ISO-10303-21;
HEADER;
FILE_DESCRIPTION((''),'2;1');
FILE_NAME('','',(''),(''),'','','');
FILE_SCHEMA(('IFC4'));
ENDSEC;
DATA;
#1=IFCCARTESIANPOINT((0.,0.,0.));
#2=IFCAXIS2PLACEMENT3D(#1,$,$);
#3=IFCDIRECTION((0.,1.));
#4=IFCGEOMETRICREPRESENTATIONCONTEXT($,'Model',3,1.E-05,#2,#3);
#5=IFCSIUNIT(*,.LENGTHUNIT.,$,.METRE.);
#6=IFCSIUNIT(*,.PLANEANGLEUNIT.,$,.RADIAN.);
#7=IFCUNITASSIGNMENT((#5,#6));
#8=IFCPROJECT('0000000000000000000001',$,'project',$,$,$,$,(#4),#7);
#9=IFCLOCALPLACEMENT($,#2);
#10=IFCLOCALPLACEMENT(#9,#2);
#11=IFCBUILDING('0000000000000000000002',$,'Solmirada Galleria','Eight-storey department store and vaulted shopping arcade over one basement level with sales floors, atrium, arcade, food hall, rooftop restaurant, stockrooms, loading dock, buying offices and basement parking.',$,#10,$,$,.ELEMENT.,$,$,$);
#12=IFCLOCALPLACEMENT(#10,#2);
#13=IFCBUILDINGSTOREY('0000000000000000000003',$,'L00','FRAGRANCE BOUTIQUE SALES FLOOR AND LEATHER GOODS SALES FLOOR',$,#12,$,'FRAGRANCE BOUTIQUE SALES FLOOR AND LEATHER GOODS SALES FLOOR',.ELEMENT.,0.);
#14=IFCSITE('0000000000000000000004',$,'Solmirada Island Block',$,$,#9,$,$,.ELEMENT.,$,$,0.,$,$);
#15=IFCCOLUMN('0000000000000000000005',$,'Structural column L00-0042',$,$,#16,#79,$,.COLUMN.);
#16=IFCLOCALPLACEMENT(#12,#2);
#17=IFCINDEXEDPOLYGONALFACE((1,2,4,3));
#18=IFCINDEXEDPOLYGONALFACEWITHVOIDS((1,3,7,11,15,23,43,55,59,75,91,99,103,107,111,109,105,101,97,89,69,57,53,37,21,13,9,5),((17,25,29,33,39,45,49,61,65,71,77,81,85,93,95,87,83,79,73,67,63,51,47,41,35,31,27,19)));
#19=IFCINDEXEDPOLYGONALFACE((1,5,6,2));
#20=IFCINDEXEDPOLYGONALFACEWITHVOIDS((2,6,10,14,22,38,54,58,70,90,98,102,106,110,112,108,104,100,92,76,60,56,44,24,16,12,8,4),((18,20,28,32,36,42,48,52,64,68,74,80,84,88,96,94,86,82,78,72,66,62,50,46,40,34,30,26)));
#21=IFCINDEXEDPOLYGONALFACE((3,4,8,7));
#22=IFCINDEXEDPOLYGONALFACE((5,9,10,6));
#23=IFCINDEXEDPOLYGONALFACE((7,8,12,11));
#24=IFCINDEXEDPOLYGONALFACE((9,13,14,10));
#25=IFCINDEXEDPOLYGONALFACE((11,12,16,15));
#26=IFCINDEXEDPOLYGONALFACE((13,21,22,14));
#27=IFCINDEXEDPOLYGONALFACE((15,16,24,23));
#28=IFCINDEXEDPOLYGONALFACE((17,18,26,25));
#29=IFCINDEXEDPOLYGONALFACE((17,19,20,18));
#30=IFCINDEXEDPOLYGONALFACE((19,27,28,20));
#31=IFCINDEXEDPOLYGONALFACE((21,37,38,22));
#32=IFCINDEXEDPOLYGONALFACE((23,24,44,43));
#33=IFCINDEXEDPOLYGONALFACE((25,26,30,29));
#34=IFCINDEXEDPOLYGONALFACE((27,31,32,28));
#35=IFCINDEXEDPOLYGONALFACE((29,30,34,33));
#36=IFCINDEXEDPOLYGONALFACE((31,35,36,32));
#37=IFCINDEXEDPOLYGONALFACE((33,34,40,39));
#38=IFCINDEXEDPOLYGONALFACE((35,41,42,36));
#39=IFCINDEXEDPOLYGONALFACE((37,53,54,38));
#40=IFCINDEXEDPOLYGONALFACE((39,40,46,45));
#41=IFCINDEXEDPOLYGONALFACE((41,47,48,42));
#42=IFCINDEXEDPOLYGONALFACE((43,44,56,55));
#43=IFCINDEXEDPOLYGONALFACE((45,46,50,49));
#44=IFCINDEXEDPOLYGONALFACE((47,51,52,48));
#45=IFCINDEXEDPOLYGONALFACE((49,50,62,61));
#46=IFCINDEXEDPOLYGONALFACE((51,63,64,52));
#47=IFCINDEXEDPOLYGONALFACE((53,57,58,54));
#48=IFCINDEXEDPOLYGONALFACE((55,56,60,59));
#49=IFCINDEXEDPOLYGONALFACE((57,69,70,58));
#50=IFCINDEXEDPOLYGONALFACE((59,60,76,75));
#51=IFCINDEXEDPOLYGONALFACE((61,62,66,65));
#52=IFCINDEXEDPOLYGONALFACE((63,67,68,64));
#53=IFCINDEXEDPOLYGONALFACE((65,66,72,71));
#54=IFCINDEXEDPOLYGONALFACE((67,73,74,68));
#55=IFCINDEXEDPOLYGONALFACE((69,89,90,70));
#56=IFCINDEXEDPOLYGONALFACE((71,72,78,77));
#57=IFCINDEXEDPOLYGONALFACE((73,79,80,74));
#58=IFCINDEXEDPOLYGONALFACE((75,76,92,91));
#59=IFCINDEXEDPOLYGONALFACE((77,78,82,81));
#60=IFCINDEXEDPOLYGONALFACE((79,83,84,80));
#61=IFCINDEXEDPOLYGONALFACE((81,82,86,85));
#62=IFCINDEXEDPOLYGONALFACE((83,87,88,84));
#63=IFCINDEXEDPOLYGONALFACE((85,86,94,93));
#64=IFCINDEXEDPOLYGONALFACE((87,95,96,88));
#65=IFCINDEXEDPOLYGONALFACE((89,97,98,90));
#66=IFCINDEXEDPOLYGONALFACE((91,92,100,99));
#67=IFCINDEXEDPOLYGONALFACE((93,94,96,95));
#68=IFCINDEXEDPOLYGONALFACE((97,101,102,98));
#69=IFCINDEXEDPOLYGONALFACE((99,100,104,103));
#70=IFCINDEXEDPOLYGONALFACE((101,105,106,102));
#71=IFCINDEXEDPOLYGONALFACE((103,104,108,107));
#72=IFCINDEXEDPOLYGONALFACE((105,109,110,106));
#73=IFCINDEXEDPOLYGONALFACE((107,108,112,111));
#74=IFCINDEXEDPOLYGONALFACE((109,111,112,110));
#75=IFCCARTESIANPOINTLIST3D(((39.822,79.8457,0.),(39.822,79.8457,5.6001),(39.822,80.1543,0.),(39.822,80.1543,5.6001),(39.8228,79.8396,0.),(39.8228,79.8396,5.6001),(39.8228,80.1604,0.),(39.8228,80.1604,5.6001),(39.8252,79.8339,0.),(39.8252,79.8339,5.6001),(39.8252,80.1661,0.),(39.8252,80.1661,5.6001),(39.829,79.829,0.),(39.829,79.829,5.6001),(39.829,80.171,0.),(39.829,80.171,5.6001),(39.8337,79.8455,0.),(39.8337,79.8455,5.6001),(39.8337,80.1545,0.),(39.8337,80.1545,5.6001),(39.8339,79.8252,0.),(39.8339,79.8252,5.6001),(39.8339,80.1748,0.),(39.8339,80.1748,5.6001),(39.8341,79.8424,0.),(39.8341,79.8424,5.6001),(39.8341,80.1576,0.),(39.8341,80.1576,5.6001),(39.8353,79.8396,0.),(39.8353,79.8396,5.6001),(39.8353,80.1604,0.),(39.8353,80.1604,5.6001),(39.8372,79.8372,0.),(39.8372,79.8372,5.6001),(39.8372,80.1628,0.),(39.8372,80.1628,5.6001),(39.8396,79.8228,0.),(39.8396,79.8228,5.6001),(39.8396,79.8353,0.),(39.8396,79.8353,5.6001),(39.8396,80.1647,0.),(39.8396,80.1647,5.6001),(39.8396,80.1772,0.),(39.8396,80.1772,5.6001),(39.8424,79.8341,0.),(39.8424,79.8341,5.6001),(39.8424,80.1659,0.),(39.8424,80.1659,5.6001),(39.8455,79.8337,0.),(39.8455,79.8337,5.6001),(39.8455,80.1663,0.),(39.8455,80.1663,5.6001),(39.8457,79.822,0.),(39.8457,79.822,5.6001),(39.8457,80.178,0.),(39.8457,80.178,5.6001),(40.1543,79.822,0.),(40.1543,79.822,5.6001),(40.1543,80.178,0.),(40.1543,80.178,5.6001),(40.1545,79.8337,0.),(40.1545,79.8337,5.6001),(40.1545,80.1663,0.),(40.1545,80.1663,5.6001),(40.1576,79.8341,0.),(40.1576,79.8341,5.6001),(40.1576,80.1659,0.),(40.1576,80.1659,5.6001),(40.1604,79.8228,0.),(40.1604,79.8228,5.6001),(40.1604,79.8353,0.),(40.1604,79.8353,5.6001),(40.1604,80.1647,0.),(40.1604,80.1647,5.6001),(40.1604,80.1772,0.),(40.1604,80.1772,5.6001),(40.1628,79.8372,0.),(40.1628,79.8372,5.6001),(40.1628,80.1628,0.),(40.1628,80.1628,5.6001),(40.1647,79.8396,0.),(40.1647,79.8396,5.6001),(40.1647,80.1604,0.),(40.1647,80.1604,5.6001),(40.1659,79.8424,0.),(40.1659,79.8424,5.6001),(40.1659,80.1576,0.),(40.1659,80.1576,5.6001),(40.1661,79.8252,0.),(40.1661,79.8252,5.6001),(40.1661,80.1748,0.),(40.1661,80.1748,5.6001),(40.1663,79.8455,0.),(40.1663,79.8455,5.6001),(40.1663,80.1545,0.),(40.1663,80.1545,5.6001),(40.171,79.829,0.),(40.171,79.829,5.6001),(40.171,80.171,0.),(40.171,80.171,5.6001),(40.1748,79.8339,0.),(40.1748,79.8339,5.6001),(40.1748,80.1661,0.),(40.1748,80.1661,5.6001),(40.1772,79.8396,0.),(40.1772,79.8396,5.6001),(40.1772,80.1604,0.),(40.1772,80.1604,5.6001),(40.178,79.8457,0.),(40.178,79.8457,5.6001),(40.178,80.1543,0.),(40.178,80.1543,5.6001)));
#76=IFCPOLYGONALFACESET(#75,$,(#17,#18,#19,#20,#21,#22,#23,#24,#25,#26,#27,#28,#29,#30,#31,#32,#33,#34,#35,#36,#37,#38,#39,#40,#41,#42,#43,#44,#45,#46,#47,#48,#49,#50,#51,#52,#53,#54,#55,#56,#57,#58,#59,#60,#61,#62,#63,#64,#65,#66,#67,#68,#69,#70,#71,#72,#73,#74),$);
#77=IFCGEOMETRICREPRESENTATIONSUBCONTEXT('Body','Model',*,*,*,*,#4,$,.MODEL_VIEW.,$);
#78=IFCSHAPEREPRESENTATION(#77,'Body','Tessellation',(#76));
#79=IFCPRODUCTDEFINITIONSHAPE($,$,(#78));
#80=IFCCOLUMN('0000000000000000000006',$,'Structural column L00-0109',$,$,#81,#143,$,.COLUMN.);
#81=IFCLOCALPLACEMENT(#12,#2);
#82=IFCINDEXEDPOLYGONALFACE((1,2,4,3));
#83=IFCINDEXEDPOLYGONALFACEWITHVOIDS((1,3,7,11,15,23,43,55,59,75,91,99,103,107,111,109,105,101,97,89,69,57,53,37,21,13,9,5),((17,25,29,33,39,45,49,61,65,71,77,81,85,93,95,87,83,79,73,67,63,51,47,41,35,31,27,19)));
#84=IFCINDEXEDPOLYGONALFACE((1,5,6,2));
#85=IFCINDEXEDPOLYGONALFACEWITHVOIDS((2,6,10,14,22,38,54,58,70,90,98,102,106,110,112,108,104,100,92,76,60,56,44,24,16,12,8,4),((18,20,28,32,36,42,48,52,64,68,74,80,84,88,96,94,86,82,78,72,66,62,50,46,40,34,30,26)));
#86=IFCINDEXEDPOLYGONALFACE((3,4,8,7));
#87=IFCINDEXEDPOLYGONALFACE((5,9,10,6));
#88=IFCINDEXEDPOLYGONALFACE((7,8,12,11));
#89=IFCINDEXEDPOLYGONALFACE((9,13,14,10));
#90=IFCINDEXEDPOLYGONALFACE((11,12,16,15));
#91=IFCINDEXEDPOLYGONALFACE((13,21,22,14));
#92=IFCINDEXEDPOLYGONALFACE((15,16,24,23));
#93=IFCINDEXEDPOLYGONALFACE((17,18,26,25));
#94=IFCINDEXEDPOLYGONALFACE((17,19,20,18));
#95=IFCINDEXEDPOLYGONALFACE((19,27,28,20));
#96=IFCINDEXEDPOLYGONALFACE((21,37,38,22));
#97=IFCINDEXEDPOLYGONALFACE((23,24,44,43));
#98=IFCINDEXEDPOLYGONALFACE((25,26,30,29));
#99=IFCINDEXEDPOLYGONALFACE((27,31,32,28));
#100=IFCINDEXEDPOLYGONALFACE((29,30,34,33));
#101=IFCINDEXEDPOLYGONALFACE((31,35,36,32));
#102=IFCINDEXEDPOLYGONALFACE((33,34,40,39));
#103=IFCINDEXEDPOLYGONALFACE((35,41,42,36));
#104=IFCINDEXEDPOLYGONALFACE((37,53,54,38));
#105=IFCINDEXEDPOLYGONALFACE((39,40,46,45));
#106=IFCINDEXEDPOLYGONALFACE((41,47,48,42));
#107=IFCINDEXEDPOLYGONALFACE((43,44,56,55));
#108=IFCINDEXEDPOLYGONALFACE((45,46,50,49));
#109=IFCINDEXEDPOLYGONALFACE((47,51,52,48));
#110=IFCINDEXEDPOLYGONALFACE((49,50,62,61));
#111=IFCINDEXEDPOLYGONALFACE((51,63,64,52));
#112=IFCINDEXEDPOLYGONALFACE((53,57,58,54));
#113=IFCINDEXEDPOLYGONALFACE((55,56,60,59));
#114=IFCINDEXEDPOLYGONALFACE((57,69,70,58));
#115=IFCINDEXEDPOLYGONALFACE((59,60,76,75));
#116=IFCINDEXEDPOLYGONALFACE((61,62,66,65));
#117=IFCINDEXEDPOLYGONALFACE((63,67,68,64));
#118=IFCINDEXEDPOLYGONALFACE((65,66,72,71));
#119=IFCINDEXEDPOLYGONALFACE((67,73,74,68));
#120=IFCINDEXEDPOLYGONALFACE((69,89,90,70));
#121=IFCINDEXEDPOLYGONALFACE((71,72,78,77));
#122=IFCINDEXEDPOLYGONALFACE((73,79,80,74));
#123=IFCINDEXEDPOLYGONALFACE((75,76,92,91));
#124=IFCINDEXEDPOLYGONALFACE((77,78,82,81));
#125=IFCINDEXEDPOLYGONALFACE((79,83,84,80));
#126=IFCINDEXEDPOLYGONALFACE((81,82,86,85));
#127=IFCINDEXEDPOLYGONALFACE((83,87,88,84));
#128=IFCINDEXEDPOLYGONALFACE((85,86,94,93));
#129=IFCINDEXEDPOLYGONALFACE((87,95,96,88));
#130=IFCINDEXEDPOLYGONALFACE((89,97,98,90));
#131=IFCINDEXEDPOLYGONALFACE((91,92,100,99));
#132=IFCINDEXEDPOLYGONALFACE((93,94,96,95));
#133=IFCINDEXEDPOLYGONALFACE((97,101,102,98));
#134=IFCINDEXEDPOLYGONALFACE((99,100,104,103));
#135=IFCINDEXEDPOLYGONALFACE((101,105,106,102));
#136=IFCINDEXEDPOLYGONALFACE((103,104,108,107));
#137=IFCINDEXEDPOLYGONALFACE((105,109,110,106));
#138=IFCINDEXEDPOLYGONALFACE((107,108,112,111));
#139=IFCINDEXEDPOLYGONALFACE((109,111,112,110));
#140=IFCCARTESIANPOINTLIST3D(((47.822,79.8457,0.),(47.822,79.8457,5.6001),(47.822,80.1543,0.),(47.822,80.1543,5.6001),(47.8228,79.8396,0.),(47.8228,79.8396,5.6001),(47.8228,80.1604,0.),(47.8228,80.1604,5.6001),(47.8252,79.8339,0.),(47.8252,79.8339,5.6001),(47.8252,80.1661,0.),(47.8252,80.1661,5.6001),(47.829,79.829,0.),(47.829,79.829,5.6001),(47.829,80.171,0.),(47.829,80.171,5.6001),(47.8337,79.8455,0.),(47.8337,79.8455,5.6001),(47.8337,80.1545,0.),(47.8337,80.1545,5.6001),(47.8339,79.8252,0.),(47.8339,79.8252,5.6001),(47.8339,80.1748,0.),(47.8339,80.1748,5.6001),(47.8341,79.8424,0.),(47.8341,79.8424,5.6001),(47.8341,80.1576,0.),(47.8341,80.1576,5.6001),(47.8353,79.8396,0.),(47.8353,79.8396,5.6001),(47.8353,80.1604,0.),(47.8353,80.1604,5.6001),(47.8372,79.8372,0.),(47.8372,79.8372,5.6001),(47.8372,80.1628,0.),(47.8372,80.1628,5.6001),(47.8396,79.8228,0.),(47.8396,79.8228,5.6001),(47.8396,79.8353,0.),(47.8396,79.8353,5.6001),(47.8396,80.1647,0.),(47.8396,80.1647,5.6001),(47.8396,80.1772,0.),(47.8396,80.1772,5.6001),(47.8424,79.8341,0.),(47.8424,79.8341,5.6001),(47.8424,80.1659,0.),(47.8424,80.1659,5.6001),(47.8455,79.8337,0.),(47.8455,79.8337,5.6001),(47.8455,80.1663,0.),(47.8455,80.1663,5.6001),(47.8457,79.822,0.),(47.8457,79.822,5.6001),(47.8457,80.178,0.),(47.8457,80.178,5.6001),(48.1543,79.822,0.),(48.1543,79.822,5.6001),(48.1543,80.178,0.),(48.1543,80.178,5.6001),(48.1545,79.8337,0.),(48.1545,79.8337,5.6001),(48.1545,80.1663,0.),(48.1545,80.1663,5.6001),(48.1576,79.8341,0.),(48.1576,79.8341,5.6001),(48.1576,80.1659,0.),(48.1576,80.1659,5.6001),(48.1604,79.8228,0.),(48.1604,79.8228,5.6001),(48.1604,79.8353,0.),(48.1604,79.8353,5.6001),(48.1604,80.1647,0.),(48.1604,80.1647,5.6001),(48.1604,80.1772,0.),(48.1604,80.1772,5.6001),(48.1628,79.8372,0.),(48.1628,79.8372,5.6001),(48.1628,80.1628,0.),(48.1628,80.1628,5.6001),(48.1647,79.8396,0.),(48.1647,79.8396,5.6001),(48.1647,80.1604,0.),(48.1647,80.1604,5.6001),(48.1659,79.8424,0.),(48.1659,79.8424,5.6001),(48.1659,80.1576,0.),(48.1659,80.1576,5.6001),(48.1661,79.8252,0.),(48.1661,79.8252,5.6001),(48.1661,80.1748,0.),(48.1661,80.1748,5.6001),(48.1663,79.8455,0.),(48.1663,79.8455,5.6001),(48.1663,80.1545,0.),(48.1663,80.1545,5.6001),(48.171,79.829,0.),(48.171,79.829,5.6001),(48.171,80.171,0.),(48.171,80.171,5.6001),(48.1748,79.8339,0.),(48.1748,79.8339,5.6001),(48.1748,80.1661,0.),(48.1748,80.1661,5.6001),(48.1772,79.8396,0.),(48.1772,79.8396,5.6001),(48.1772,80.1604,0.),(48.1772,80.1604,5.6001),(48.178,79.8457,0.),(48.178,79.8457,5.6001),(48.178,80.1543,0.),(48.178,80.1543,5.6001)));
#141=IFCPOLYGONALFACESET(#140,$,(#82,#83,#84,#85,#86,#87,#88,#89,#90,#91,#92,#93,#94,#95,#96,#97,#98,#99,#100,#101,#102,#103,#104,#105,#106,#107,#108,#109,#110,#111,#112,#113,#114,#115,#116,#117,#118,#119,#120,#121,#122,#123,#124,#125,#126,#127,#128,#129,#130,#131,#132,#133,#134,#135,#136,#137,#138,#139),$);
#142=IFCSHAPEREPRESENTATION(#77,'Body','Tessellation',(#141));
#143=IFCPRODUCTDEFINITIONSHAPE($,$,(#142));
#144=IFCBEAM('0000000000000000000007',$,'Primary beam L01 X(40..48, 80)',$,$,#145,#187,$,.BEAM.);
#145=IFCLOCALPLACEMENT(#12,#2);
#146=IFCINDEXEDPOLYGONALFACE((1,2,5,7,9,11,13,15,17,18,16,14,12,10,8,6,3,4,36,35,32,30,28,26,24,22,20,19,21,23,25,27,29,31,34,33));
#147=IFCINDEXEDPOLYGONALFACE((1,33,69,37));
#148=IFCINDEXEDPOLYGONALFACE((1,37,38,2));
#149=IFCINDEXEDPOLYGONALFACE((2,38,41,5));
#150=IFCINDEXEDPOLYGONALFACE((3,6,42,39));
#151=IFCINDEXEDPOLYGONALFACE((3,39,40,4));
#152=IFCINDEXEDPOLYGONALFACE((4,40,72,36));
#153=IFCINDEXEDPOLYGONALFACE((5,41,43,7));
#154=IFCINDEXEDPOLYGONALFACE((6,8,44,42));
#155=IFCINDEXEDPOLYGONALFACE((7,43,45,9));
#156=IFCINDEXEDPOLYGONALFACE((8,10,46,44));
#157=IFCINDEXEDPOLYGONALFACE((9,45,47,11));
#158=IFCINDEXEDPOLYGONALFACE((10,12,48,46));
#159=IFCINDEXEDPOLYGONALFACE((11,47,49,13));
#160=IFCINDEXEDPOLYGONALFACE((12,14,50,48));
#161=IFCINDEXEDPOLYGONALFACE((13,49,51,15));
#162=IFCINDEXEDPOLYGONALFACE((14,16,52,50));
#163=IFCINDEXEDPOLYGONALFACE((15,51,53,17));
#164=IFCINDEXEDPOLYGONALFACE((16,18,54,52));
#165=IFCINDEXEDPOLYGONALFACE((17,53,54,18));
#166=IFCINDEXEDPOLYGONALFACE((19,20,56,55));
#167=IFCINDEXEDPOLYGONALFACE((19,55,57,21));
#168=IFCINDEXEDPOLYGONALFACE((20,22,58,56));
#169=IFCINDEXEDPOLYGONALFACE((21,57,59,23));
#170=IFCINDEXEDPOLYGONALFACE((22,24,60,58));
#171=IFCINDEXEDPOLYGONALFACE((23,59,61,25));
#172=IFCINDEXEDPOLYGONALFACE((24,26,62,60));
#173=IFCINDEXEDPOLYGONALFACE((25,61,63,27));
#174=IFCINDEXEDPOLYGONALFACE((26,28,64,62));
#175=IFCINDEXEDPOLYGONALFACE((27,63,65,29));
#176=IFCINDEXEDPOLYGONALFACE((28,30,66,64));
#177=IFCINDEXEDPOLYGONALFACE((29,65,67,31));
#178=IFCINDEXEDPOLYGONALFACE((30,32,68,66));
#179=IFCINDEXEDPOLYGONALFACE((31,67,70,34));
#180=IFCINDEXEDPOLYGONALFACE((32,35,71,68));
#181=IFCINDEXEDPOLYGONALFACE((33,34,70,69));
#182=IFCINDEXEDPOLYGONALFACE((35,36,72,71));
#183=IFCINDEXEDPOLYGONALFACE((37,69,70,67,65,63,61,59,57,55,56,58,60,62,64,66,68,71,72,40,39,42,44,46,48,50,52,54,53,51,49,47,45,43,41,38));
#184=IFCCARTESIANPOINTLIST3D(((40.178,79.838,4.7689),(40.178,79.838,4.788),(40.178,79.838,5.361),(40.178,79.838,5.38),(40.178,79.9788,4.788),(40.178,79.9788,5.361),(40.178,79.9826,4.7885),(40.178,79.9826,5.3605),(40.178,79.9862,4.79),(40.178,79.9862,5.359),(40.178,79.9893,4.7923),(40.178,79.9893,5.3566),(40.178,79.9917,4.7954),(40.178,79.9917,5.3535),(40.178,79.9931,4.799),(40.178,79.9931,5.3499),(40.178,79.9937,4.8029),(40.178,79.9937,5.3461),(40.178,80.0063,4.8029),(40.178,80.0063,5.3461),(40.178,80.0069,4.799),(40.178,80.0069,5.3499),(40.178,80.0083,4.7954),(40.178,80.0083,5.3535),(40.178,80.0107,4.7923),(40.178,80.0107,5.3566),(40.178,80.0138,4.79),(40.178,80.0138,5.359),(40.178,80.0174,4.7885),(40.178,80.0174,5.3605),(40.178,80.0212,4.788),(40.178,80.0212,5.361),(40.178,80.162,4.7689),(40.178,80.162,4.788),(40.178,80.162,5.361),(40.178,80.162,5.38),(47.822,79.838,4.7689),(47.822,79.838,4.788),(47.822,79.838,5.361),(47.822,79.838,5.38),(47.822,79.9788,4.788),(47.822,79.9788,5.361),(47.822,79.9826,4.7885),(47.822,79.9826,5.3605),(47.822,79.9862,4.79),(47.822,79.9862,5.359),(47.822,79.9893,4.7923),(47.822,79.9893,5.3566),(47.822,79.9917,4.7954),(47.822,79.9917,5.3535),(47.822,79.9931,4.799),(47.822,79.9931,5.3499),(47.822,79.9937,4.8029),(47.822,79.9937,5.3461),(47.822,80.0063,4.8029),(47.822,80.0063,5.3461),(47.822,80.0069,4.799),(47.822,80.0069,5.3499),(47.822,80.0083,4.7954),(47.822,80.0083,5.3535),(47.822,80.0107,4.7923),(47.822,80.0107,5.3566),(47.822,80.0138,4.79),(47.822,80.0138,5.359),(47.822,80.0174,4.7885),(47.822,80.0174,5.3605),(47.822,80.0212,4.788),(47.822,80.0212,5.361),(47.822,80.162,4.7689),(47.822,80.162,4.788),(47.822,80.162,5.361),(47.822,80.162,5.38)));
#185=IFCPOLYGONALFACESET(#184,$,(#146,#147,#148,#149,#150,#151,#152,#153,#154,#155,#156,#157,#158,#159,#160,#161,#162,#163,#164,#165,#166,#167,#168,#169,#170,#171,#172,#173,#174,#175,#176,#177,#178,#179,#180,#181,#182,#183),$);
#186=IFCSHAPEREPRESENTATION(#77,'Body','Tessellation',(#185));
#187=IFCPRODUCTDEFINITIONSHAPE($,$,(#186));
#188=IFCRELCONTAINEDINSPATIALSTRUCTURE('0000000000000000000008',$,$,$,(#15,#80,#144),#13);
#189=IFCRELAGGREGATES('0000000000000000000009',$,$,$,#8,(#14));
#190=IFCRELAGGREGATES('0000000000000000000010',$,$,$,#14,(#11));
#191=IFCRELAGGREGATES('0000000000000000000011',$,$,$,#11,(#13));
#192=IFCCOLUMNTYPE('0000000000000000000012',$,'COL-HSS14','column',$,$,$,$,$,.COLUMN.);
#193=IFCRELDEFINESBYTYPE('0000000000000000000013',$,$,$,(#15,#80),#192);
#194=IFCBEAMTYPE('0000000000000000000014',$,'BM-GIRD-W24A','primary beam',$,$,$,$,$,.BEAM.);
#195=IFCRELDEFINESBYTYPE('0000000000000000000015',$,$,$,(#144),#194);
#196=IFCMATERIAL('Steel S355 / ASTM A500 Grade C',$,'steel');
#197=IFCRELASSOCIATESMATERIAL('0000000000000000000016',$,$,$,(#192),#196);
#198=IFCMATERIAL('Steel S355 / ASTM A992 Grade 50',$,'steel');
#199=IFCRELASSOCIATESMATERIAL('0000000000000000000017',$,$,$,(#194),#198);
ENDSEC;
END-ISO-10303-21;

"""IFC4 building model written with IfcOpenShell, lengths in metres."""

from ifc_helpers import new_model, si_unit, direction, frame, origin, origin_2d, place, context, subcontext, project, spatial, hollow_rectangle, i_section, extrude, material, material_profile, profile_set, type_object, element, save


model = new_model("IFC4")

# Units and contexts
model_context = context("Model", 3, precision=1e-05, world=origin(), true_north=direction((0.0, 1.0)))
body_context = subcontext(model_context, "Body", "Model", "MODEL_VIEW")
ifc_project = project(units=[si_unit("LENGTHUNIT", "METRE"), si_unit("PLANEANGLEUNIT", "RADIAN")], contexts=[model_context])

# Site, building, storey
site_placement = place(None, origin())
site = spatial("IfcSite", under=ifc_project, at=site_placement, Name="Solmirada Island Block", CompositionType="ELEMENT", RefElevation=0.0)
building_placement = place(site_placement, origin())
building = spatial("IfcBuilding", under=site, at=building_placement, Name="Solmirada Galleria", Description="Eight-storey department store and vaulted shopping arcade over one basement level with sales floors, atrium, arcade, food hall, rooftop restaurant, stockrooms, loading dock, buying offices and basement parking.", CompositionType="ELEMENT")
storey_placement = place(building_placement, origin())
storey = spatial("IfcBuildingStorey", under=building, at=storey_placement, Name="L00", Description="FRAGRANCE BOUTIQUE SALES FLOOR AND LEATHER GOODS SALES FLOOR", LongName="FRAGRANCE BOUTIQUE SALES FLOOR AND LEATHER GOODS SALES FLOOR", CompositionType="ELEMENT", Elevation=0.0)

# Columns
ifc_material_1 = material(Name="Steel S355 / ASTM A500 Grade C", Category="steel")
ifc_material_profile_1 = material_profile(ifc_material_1, hollow_rectangle(XDim=0.356, YDim=0.356, WallThickness=0.0117, InnerFilletRadius=0.0117, OuterFilletRadius=0.0237, at=origin_2d()), Name="HSS14X14X1/2")
ifc_profile_set_1 = profile_set([ifc_material_profile_1], Name="Steel S355 / ASTM A500 Grade C")
column_type = type_object("IfcColumnType", Name="COL-HSS14", Description="column", PredefinedType="COLUMN", material=ifc_profile_set_1)
for number, where, z_axis, x_axis, name in (
    (1, (40.0, 80.0, 0.0), (0.0, 0.0, 1.0), (1.0, 0.0, 0.0), "Structural column L00-0042"),
    (2, (48.0, 80.0, 0.0), (0.0, 0.0, 1.0), (1.0, 0.0, 0.0), "Structural column L00-0109"),
):
    element("IfcColumn", number, at=place(storey_placement, frame(where, z_axis=z_axis, x_axis=x_axis)), inside=storey, type_object=column_type, Name=name, PredefinedType="COLUMN", context=body_context, shape_type="SweptSolid", body=[
        extrude(hollow_rectangle(XDim=0.356, YDim=0.356, WallThickness=0.0117, InnerFilletRadius=0.0117, OuterFilletRadius=0.0237, at=origin_2d()), origin(), (0.0, 0.0, 1.0), 5.6001),
    ])

# Beam
ifc_material_2 = material(Name="Steel S355 / ASTM A992 Grade 50", Category="steel")
ifc_material_profile_2 = material_profile(ifc_material_2, i_section(OverallWidth=0.324, OverallDepth=0.6111, WebThickness=0.0127, FlangeThickness=0.019, FilletRadius=0.0149, at=origin_2d()), Name="W24X104")
ifc_profile_set_2 = profile_set([ifc_material_profile_2], Name="Steel S355 / ASTM A992 Grade 50")
beam_type_1 = type_object("IfcBeamType", Name="BM-GIRD-W24A", Description="primary beam", PredefinedType="BEAM", material=ifc_profile_set_2)
beam_1_placement = place(storey_placement, frame((40.178, 80.0, 5.0745), z_axis=(1.0, 0.0, 0.0), x_axis=(0.0, 1.0, 0.0)))
element("IfcBeam", 3, at=beam_1_placement, inside=storey, type_object=beam_type_1, Name="Primary beam L01 X(40..48, 80)", PredefinedType="BEAM", context=body_context, shape_type="SweptSolid", body=[
    extrude(i_section(OverallWidth=0.324, OverallDepth=0.6111, WebThickness=0.0127, FlangeThickness=0.019, FilletRadius=0.0149, at=origin_2d()), origin(), (0.0, 0.0, 1.0), 7.644),
])

save(model, "model.ifc")
